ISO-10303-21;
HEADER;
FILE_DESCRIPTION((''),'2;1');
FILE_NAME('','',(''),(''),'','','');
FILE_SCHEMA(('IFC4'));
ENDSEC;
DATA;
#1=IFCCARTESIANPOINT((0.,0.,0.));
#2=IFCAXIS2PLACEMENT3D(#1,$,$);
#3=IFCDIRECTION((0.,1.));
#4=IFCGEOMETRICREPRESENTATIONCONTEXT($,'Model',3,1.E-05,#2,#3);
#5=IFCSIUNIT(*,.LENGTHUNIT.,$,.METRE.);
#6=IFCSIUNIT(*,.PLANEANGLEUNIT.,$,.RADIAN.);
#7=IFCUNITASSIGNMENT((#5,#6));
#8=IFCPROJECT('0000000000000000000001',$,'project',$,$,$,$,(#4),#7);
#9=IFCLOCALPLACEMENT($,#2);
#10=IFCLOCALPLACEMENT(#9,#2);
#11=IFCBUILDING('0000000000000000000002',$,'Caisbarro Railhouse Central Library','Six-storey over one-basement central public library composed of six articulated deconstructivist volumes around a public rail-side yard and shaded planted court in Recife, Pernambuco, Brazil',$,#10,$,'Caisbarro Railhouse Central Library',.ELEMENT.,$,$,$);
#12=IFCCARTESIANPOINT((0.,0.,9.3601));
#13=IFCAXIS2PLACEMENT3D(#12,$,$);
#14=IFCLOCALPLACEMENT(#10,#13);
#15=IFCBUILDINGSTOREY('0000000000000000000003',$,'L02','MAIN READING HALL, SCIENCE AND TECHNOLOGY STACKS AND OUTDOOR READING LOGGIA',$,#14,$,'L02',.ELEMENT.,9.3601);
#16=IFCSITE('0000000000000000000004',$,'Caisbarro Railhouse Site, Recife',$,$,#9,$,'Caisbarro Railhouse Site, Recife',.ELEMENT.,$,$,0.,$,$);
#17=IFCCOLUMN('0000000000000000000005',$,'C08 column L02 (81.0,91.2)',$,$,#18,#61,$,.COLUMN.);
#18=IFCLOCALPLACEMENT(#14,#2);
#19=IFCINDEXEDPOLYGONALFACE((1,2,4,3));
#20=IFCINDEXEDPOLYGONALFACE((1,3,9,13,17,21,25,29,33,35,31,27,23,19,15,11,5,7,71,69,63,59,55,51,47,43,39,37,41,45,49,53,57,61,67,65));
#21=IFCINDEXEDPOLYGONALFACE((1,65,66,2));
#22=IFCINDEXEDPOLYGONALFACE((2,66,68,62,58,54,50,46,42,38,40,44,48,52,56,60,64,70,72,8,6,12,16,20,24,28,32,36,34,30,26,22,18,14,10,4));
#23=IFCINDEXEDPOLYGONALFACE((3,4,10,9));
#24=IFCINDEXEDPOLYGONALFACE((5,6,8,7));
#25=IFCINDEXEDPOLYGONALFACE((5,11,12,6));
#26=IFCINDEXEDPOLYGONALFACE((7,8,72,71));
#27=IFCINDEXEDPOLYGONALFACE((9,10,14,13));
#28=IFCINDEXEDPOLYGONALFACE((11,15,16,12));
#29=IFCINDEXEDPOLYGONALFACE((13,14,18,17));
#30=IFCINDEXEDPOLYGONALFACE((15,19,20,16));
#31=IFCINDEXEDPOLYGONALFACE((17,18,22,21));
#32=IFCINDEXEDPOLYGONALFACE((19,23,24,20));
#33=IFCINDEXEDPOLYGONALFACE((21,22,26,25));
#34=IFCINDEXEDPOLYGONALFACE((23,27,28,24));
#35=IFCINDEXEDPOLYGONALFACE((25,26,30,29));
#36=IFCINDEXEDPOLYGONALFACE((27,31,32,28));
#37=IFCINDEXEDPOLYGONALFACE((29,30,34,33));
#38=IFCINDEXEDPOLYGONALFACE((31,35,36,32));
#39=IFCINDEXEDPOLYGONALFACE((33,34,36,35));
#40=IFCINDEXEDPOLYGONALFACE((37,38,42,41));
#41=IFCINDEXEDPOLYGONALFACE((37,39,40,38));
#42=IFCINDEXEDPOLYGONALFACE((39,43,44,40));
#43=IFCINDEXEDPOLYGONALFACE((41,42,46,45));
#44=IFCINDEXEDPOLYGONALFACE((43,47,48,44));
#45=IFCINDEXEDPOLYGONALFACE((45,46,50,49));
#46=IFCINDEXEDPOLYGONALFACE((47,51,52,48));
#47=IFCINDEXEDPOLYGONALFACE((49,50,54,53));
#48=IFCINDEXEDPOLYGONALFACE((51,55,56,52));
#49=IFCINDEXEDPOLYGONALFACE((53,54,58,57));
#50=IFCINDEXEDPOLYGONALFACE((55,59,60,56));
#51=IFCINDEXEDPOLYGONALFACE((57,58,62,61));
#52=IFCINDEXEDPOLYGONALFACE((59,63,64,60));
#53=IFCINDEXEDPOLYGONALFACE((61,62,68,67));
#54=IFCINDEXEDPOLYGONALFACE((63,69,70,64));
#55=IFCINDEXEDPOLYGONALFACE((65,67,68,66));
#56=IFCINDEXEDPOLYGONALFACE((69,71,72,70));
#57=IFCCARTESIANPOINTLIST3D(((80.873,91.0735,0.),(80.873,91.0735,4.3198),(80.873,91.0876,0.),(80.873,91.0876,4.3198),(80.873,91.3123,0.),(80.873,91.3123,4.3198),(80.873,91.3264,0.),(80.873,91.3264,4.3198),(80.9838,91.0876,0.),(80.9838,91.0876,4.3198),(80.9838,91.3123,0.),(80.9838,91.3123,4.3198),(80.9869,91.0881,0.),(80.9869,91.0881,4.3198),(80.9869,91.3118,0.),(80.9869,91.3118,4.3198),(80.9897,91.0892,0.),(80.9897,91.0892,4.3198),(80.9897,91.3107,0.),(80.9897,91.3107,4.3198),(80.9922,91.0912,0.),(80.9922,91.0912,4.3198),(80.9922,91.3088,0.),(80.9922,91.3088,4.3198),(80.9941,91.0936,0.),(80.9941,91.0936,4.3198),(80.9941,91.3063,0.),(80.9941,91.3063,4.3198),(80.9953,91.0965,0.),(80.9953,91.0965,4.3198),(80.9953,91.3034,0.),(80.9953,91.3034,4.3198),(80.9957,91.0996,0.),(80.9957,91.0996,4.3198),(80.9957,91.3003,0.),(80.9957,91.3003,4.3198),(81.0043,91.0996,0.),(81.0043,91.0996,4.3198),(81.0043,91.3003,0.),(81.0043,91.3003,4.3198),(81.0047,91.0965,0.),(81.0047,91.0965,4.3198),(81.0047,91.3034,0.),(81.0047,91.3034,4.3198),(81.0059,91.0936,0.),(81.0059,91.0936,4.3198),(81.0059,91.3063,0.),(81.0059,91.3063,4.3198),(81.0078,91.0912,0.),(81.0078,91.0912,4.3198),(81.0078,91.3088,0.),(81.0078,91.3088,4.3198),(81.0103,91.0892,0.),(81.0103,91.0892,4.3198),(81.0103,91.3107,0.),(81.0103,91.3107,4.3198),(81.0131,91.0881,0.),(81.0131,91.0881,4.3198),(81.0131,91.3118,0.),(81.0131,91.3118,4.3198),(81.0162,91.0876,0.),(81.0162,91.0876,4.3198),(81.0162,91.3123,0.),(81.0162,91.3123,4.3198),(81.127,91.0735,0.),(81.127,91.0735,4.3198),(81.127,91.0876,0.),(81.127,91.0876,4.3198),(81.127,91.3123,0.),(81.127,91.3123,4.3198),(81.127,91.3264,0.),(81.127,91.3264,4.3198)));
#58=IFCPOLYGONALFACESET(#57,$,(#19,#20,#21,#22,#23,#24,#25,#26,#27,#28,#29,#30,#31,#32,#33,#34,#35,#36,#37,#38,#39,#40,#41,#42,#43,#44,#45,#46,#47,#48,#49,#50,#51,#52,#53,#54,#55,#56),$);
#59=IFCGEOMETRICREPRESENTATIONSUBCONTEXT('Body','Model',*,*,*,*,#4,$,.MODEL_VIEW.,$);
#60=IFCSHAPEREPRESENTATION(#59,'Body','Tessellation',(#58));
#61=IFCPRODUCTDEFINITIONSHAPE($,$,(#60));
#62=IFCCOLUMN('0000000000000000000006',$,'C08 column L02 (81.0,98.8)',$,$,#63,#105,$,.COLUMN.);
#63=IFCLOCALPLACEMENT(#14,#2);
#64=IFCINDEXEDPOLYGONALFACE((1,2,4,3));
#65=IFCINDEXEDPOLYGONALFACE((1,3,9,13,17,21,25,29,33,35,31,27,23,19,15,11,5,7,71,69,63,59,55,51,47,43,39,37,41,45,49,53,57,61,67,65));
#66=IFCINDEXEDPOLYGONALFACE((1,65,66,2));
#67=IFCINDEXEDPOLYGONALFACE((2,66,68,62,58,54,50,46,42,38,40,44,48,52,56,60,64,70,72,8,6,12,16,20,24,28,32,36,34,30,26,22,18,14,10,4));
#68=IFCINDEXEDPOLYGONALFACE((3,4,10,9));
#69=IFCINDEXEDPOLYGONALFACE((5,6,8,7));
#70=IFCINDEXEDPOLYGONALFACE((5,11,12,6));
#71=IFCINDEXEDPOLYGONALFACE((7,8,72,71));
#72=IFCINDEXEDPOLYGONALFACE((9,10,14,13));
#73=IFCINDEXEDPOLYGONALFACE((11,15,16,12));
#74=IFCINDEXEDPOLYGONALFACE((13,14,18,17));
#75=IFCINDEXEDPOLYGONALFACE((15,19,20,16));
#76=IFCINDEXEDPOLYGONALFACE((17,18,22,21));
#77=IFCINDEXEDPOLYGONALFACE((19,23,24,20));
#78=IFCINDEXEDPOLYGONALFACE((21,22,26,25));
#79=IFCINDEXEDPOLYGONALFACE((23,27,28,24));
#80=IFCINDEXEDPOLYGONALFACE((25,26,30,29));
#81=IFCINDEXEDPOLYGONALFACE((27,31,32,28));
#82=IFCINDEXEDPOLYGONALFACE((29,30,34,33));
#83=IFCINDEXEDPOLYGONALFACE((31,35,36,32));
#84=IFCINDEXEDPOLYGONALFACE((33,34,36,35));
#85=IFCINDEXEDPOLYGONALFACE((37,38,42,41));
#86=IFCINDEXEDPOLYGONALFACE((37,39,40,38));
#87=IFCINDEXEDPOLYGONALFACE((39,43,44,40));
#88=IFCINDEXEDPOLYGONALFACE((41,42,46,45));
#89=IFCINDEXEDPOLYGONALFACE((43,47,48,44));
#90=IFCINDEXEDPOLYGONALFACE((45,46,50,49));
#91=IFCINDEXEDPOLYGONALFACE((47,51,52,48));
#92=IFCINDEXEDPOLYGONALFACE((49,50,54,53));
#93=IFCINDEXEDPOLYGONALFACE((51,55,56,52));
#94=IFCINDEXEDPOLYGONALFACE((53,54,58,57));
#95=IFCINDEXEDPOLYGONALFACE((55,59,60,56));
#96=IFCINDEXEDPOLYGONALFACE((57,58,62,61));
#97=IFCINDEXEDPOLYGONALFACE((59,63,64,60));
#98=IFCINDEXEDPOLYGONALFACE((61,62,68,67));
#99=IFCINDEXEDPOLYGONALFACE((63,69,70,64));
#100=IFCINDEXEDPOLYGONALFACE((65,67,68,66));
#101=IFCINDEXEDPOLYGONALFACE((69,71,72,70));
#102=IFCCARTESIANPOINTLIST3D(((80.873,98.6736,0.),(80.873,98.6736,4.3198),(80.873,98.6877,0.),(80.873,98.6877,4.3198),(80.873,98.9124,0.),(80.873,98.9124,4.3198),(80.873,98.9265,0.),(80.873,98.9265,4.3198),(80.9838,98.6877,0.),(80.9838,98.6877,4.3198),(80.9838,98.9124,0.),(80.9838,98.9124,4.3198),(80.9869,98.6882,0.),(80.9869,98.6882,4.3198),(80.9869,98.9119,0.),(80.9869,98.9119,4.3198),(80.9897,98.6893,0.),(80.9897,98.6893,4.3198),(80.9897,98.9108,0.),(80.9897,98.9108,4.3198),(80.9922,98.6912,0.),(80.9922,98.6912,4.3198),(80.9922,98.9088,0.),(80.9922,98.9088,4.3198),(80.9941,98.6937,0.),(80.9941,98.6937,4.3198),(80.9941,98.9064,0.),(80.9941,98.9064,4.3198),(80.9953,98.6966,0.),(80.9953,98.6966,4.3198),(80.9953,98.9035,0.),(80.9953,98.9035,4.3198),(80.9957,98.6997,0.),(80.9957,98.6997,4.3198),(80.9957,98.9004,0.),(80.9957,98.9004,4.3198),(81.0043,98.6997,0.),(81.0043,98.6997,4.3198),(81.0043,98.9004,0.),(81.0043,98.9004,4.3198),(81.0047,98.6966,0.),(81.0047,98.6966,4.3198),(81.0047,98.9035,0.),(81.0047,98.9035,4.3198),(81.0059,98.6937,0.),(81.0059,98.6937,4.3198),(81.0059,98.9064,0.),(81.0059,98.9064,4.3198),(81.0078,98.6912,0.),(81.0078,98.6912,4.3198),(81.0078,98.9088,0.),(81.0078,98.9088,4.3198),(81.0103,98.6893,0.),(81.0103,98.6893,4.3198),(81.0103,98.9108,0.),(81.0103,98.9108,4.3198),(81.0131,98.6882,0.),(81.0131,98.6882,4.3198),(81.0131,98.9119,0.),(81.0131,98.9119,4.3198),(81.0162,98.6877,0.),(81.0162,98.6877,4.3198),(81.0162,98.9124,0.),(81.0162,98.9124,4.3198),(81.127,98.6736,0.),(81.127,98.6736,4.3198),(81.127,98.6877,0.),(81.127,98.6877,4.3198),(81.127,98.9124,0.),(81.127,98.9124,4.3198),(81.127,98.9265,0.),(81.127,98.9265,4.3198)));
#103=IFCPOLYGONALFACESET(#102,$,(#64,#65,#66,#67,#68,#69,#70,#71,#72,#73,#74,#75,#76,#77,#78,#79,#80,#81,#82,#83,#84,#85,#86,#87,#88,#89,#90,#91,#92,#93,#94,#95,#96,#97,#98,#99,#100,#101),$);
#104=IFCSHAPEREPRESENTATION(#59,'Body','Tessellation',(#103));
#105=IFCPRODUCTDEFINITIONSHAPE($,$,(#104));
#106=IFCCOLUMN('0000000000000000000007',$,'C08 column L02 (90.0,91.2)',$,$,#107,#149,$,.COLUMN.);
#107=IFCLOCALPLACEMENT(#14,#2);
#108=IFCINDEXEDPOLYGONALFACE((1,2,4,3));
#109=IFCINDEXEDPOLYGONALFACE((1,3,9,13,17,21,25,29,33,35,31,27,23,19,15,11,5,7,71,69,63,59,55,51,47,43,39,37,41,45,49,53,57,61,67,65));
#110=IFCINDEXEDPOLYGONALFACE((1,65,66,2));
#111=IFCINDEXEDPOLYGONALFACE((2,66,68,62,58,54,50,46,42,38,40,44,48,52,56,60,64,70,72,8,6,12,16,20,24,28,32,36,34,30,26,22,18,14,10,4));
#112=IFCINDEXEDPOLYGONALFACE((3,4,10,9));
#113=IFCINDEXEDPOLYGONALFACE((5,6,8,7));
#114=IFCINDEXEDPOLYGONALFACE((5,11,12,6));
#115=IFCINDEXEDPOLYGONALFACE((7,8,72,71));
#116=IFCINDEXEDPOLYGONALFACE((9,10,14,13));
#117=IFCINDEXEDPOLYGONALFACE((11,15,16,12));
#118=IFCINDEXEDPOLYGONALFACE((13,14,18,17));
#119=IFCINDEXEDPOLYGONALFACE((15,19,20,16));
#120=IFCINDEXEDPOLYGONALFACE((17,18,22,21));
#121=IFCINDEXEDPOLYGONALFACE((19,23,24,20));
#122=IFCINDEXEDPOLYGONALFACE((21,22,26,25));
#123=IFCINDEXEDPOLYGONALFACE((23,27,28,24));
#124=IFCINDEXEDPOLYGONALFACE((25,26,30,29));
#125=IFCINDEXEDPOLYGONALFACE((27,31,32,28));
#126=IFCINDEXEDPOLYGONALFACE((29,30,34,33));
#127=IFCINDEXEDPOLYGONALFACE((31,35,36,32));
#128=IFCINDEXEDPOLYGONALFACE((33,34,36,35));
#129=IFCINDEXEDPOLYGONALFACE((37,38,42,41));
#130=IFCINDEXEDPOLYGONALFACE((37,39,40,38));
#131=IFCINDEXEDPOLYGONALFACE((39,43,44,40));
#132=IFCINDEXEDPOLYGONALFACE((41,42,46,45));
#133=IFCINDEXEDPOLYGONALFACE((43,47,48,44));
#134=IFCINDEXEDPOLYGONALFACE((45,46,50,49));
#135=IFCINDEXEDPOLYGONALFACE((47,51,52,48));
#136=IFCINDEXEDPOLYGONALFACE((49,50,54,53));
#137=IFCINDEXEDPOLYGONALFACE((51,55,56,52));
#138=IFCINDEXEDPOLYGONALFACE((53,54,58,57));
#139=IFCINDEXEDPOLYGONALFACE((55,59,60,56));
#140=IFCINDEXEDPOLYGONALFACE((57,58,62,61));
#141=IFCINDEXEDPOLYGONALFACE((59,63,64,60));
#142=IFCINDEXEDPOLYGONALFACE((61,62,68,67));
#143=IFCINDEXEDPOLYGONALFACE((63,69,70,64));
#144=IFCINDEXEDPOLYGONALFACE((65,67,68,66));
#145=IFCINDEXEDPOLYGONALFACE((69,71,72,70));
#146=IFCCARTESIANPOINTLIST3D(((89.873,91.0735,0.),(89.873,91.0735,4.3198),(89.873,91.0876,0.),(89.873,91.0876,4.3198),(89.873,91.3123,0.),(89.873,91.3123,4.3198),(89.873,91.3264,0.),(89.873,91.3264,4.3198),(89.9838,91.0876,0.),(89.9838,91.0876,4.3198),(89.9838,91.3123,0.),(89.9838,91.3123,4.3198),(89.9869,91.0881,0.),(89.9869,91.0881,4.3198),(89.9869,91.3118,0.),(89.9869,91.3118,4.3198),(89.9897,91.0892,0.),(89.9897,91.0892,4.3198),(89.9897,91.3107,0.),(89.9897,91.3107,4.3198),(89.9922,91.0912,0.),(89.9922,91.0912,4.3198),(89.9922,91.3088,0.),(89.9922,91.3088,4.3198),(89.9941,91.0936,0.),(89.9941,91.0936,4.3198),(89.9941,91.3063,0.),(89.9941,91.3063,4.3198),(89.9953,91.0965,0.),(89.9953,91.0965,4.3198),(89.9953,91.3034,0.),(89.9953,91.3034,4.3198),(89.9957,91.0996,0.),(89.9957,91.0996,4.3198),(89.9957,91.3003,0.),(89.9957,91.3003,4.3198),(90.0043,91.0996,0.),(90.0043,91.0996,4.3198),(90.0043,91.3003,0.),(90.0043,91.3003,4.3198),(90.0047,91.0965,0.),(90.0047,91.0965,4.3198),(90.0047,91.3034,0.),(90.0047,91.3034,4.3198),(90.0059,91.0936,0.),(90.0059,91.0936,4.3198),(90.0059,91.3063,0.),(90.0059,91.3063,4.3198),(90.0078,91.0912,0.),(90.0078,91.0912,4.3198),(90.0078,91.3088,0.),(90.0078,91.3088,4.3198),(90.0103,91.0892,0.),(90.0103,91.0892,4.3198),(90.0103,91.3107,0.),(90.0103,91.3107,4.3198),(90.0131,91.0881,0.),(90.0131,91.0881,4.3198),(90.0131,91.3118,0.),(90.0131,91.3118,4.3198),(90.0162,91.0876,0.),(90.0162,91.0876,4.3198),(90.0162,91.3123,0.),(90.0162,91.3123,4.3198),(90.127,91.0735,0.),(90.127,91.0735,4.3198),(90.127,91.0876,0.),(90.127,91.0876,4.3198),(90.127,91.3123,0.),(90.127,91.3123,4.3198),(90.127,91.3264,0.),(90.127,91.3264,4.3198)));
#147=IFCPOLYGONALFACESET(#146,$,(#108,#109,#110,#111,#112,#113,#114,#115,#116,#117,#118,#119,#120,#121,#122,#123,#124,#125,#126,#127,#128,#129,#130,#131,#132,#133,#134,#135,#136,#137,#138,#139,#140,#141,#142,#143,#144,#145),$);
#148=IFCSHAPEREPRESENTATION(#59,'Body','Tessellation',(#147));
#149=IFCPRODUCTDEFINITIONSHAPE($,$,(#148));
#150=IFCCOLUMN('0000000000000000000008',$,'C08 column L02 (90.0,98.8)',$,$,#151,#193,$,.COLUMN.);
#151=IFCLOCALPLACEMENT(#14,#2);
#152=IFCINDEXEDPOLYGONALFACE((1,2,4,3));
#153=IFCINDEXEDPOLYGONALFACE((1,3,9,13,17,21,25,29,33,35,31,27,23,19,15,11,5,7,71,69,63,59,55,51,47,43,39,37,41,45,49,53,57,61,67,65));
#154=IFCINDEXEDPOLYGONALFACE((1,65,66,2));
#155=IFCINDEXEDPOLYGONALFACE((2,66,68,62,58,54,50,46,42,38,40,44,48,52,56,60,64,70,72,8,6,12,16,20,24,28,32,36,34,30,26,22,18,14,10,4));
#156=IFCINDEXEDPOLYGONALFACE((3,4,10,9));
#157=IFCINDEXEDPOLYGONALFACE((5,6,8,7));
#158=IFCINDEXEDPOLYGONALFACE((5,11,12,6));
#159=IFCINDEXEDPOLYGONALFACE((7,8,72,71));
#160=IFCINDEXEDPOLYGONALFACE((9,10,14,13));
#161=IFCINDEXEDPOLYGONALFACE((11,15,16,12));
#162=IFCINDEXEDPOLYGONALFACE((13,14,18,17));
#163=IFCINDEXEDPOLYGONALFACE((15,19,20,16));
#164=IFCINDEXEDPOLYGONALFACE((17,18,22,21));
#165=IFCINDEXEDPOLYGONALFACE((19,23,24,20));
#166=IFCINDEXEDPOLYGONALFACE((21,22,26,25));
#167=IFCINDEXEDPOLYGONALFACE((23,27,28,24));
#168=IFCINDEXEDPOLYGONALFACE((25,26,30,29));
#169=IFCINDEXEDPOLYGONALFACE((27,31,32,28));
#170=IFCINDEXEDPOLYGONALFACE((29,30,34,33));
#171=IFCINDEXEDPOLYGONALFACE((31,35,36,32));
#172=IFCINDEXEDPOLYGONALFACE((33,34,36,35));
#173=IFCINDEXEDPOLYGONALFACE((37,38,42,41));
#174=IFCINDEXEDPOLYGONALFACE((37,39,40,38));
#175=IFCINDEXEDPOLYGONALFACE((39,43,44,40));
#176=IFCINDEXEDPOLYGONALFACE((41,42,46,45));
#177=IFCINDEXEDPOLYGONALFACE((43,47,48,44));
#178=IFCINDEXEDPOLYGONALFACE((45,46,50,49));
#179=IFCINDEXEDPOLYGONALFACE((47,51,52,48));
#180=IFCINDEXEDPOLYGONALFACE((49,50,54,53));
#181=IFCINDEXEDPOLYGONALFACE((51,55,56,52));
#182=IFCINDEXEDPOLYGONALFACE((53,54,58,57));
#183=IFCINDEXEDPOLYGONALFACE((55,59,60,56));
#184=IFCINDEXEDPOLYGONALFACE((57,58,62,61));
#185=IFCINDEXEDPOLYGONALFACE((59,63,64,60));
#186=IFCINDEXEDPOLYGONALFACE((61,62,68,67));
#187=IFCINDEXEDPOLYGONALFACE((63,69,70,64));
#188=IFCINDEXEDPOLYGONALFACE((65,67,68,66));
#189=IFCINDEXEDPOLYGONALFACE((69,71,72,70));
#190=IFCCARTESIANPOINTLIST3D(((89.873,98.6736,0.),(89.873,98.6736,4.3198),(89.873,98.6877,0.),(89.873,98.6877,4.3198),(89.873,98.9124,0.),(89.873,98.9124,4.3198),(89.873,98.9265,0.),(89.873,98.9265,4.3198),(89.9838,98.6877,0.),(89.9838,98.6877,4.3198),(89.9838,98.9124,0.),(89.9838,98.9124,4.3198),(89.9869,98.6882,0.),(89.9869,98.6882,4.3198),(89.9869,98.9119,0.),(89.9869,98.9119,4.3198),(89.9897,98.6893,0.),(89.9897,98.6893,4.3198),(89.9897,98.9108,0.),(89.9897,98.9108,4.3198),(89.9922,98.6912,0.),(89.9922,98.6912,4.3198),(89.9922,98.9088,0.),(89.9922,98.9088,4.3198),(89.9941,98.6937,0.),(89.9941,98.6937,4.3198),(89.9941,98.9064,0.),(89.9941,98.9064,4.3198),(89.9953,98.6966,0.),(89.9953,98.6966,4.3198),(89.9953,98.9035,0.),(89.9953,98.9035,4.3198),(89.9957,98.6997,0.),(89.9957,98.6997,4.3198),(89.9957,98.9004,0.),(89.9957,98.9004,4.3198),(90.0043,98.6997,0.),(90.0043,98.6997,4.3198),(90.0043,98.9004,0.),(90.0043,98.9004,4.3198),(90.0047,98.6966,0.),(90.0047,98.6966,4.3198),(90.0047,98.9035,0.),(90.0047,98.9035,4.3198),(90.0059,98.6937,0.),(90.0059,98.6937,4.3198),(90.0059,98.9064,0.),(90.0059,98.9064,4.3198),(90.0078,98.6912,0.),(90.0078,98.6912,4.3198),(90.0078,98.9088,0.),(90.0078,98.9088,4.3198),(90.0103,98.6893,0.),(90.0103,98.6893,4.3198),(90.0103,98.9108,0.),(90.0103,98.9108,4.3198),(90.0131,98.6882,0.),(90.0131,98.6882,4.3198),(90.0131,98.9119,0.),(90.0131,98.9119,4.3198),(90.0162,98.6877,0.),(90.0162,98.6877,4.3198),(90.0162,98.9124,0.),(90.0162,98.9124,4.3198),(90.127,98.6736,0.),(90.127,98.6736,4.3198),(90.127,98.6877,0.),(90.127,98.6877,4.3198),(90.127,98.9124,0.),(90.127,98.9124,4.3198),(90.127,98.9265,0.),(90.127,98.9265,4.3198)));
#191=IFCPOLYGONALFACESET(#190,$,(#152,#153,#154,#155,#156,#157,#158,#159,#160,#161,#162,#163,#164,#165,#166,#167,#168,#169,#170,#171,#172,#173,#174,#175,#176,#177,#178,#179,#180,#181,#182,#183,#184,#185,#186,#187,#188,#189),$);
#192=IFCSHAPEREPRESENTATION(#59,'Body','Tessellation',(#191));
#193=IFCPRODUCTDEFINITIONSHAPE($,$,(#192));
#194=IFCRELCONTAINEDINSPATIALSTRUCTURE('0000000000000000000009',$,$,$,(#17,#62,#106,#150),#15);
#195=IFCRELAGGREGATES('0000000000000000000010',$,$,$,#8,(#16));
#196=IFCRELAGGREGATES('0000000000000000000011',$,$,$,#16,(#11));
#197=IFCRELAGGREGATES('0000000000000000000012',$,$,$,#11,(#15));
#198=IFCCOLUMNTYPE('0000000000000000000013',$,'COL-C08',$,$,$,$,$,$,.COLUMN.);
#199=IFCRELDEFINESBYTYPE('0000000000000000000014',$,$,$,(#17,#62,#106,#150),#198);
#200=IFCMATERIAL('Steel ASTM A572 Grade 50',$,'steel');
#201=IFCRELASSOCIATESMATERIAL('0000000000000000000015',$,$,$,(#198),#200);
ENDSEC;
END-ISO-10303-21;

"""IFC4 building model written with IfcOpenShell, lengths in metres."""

from ifc_helpers import new_model, si_unit, direction, frame, origin, origin_2d, place, context, subcontext, project, spatial, i_section, extrude, material, material_profile, profile_set, type_object, element, save


model = new_model("IFC4")

# Units and contexts
model_context = context("Model", 3, precision=1e-05, world=origin(), true_north=direction((0.0, 1.0)))
body_context = subcontext(model_context, "Body", "Model", "MODEL_VIEW")
ifc_project = project(units=[si_unit("LENGTHUNIT", "METRE"), si_unit("PLANEANGLEUNIT", "RADIAN")], contexts=[model_context])

# Site, building, storey
site_placement = place(None, origin())
site = spatial("IfcSite", under=ifc_project, at=site_placement, Name="Caisbarro Railhouse Site, Recife", LongName="Caisbarro Railhouse Site, Recife", CompositionType="ELEMENT", RefElevation=0.0)
building_placement = place(site_placement, origin())
building = spatial("IfcBuilding", under=site, at=building_placement, Name="Caisbarro Railhouse Central Library", Description="Six-storey over one-basement central public library composed of six articulated deconstructivist volumes around a public rail-side yard and shaded planted court in Recife, Pernambuco, Brazil", LongName="Caisbarro Railhouse Central Library", CompositionType="ELEMENT")
storey_placement = place(building_placement, frame((0.0, 0.0, 9.3601)))
storey = spatial("IfcBuildingStorey", under=building, at=storey_placement, Name="L02", Description="MAIN READING HALL, SCIENCE AND TECHNOLOGY STACKS AND OUTDOOR READING LOGGIA", LongName="L02", CompositionType="ELEMENT", Elevation=9.3601)

# Columns
ifc_material_1 = material(Name="Steel ASTM A572 Grade 50", Category="steel")
ifc_material_profile_1 = material_profile(ifc_material_1, i_section(OverallWidth=0.2539, OverallDepth=0.2529, WebThickness=0.0085, FlangeThickness=0.0142, FilletRadius=0.012, at=origin_2d()), Name="W250X73.0")
ifc_profile_set_1 = profile_set([ifc_material_profile_1], Name="Steel ASTM A572 Grade 50")
column_type = type_object("IfcColumnType", Name="COL-C08", PredefinedType="COLUMN", material=ifc_profile_set_1)
for number, where, z_axis, x_axis, name in (
    (1, (81.0, 91.2, 0.0), (0.0, 0.0, 1.0), (1.0, 0.0, 0.0), "C08 column L02 (81.0,91.2)"),
    (2, (81.0, 98.8, 0.0), (0.0, 0.0, 1.0), (1.0, 0.0, 0.0), "C08 column L02 (81.0,98.8)"),
    (3, (90.0, 91.2, 0.0), (0.0, 0.0, 1.0), (1.0, 0.0, 0.0), "C08 column L02 (90.0,91.2)"),
    (4, (90.0, 98.8, 0.0), (0.0, 0.0, 1.0), (1.0, 0.0, 0.0), "C08 column L02 (90.0,98.8)"),
):
    element("IfcColumn", number, at=place(storey_placement, frame(where, z_axis=z_axis, x_axis=x_axis)), inside=storey, type_object=column_type, Name=name, PredefinedType="COLUMN", context=body_context, shape_type="SweptSolid", body=[
        extrude(i_section(OverallWidth=0.2539, OverallDepth=0.2529, WebThickness=0.0085, FlangeThickness=0.0142, FilletRadius=0.012, at=origin_2d()), origin(), (0.0, 0.0, 1.0), 4.3198),
    ])

save(model, "model.ifc")
